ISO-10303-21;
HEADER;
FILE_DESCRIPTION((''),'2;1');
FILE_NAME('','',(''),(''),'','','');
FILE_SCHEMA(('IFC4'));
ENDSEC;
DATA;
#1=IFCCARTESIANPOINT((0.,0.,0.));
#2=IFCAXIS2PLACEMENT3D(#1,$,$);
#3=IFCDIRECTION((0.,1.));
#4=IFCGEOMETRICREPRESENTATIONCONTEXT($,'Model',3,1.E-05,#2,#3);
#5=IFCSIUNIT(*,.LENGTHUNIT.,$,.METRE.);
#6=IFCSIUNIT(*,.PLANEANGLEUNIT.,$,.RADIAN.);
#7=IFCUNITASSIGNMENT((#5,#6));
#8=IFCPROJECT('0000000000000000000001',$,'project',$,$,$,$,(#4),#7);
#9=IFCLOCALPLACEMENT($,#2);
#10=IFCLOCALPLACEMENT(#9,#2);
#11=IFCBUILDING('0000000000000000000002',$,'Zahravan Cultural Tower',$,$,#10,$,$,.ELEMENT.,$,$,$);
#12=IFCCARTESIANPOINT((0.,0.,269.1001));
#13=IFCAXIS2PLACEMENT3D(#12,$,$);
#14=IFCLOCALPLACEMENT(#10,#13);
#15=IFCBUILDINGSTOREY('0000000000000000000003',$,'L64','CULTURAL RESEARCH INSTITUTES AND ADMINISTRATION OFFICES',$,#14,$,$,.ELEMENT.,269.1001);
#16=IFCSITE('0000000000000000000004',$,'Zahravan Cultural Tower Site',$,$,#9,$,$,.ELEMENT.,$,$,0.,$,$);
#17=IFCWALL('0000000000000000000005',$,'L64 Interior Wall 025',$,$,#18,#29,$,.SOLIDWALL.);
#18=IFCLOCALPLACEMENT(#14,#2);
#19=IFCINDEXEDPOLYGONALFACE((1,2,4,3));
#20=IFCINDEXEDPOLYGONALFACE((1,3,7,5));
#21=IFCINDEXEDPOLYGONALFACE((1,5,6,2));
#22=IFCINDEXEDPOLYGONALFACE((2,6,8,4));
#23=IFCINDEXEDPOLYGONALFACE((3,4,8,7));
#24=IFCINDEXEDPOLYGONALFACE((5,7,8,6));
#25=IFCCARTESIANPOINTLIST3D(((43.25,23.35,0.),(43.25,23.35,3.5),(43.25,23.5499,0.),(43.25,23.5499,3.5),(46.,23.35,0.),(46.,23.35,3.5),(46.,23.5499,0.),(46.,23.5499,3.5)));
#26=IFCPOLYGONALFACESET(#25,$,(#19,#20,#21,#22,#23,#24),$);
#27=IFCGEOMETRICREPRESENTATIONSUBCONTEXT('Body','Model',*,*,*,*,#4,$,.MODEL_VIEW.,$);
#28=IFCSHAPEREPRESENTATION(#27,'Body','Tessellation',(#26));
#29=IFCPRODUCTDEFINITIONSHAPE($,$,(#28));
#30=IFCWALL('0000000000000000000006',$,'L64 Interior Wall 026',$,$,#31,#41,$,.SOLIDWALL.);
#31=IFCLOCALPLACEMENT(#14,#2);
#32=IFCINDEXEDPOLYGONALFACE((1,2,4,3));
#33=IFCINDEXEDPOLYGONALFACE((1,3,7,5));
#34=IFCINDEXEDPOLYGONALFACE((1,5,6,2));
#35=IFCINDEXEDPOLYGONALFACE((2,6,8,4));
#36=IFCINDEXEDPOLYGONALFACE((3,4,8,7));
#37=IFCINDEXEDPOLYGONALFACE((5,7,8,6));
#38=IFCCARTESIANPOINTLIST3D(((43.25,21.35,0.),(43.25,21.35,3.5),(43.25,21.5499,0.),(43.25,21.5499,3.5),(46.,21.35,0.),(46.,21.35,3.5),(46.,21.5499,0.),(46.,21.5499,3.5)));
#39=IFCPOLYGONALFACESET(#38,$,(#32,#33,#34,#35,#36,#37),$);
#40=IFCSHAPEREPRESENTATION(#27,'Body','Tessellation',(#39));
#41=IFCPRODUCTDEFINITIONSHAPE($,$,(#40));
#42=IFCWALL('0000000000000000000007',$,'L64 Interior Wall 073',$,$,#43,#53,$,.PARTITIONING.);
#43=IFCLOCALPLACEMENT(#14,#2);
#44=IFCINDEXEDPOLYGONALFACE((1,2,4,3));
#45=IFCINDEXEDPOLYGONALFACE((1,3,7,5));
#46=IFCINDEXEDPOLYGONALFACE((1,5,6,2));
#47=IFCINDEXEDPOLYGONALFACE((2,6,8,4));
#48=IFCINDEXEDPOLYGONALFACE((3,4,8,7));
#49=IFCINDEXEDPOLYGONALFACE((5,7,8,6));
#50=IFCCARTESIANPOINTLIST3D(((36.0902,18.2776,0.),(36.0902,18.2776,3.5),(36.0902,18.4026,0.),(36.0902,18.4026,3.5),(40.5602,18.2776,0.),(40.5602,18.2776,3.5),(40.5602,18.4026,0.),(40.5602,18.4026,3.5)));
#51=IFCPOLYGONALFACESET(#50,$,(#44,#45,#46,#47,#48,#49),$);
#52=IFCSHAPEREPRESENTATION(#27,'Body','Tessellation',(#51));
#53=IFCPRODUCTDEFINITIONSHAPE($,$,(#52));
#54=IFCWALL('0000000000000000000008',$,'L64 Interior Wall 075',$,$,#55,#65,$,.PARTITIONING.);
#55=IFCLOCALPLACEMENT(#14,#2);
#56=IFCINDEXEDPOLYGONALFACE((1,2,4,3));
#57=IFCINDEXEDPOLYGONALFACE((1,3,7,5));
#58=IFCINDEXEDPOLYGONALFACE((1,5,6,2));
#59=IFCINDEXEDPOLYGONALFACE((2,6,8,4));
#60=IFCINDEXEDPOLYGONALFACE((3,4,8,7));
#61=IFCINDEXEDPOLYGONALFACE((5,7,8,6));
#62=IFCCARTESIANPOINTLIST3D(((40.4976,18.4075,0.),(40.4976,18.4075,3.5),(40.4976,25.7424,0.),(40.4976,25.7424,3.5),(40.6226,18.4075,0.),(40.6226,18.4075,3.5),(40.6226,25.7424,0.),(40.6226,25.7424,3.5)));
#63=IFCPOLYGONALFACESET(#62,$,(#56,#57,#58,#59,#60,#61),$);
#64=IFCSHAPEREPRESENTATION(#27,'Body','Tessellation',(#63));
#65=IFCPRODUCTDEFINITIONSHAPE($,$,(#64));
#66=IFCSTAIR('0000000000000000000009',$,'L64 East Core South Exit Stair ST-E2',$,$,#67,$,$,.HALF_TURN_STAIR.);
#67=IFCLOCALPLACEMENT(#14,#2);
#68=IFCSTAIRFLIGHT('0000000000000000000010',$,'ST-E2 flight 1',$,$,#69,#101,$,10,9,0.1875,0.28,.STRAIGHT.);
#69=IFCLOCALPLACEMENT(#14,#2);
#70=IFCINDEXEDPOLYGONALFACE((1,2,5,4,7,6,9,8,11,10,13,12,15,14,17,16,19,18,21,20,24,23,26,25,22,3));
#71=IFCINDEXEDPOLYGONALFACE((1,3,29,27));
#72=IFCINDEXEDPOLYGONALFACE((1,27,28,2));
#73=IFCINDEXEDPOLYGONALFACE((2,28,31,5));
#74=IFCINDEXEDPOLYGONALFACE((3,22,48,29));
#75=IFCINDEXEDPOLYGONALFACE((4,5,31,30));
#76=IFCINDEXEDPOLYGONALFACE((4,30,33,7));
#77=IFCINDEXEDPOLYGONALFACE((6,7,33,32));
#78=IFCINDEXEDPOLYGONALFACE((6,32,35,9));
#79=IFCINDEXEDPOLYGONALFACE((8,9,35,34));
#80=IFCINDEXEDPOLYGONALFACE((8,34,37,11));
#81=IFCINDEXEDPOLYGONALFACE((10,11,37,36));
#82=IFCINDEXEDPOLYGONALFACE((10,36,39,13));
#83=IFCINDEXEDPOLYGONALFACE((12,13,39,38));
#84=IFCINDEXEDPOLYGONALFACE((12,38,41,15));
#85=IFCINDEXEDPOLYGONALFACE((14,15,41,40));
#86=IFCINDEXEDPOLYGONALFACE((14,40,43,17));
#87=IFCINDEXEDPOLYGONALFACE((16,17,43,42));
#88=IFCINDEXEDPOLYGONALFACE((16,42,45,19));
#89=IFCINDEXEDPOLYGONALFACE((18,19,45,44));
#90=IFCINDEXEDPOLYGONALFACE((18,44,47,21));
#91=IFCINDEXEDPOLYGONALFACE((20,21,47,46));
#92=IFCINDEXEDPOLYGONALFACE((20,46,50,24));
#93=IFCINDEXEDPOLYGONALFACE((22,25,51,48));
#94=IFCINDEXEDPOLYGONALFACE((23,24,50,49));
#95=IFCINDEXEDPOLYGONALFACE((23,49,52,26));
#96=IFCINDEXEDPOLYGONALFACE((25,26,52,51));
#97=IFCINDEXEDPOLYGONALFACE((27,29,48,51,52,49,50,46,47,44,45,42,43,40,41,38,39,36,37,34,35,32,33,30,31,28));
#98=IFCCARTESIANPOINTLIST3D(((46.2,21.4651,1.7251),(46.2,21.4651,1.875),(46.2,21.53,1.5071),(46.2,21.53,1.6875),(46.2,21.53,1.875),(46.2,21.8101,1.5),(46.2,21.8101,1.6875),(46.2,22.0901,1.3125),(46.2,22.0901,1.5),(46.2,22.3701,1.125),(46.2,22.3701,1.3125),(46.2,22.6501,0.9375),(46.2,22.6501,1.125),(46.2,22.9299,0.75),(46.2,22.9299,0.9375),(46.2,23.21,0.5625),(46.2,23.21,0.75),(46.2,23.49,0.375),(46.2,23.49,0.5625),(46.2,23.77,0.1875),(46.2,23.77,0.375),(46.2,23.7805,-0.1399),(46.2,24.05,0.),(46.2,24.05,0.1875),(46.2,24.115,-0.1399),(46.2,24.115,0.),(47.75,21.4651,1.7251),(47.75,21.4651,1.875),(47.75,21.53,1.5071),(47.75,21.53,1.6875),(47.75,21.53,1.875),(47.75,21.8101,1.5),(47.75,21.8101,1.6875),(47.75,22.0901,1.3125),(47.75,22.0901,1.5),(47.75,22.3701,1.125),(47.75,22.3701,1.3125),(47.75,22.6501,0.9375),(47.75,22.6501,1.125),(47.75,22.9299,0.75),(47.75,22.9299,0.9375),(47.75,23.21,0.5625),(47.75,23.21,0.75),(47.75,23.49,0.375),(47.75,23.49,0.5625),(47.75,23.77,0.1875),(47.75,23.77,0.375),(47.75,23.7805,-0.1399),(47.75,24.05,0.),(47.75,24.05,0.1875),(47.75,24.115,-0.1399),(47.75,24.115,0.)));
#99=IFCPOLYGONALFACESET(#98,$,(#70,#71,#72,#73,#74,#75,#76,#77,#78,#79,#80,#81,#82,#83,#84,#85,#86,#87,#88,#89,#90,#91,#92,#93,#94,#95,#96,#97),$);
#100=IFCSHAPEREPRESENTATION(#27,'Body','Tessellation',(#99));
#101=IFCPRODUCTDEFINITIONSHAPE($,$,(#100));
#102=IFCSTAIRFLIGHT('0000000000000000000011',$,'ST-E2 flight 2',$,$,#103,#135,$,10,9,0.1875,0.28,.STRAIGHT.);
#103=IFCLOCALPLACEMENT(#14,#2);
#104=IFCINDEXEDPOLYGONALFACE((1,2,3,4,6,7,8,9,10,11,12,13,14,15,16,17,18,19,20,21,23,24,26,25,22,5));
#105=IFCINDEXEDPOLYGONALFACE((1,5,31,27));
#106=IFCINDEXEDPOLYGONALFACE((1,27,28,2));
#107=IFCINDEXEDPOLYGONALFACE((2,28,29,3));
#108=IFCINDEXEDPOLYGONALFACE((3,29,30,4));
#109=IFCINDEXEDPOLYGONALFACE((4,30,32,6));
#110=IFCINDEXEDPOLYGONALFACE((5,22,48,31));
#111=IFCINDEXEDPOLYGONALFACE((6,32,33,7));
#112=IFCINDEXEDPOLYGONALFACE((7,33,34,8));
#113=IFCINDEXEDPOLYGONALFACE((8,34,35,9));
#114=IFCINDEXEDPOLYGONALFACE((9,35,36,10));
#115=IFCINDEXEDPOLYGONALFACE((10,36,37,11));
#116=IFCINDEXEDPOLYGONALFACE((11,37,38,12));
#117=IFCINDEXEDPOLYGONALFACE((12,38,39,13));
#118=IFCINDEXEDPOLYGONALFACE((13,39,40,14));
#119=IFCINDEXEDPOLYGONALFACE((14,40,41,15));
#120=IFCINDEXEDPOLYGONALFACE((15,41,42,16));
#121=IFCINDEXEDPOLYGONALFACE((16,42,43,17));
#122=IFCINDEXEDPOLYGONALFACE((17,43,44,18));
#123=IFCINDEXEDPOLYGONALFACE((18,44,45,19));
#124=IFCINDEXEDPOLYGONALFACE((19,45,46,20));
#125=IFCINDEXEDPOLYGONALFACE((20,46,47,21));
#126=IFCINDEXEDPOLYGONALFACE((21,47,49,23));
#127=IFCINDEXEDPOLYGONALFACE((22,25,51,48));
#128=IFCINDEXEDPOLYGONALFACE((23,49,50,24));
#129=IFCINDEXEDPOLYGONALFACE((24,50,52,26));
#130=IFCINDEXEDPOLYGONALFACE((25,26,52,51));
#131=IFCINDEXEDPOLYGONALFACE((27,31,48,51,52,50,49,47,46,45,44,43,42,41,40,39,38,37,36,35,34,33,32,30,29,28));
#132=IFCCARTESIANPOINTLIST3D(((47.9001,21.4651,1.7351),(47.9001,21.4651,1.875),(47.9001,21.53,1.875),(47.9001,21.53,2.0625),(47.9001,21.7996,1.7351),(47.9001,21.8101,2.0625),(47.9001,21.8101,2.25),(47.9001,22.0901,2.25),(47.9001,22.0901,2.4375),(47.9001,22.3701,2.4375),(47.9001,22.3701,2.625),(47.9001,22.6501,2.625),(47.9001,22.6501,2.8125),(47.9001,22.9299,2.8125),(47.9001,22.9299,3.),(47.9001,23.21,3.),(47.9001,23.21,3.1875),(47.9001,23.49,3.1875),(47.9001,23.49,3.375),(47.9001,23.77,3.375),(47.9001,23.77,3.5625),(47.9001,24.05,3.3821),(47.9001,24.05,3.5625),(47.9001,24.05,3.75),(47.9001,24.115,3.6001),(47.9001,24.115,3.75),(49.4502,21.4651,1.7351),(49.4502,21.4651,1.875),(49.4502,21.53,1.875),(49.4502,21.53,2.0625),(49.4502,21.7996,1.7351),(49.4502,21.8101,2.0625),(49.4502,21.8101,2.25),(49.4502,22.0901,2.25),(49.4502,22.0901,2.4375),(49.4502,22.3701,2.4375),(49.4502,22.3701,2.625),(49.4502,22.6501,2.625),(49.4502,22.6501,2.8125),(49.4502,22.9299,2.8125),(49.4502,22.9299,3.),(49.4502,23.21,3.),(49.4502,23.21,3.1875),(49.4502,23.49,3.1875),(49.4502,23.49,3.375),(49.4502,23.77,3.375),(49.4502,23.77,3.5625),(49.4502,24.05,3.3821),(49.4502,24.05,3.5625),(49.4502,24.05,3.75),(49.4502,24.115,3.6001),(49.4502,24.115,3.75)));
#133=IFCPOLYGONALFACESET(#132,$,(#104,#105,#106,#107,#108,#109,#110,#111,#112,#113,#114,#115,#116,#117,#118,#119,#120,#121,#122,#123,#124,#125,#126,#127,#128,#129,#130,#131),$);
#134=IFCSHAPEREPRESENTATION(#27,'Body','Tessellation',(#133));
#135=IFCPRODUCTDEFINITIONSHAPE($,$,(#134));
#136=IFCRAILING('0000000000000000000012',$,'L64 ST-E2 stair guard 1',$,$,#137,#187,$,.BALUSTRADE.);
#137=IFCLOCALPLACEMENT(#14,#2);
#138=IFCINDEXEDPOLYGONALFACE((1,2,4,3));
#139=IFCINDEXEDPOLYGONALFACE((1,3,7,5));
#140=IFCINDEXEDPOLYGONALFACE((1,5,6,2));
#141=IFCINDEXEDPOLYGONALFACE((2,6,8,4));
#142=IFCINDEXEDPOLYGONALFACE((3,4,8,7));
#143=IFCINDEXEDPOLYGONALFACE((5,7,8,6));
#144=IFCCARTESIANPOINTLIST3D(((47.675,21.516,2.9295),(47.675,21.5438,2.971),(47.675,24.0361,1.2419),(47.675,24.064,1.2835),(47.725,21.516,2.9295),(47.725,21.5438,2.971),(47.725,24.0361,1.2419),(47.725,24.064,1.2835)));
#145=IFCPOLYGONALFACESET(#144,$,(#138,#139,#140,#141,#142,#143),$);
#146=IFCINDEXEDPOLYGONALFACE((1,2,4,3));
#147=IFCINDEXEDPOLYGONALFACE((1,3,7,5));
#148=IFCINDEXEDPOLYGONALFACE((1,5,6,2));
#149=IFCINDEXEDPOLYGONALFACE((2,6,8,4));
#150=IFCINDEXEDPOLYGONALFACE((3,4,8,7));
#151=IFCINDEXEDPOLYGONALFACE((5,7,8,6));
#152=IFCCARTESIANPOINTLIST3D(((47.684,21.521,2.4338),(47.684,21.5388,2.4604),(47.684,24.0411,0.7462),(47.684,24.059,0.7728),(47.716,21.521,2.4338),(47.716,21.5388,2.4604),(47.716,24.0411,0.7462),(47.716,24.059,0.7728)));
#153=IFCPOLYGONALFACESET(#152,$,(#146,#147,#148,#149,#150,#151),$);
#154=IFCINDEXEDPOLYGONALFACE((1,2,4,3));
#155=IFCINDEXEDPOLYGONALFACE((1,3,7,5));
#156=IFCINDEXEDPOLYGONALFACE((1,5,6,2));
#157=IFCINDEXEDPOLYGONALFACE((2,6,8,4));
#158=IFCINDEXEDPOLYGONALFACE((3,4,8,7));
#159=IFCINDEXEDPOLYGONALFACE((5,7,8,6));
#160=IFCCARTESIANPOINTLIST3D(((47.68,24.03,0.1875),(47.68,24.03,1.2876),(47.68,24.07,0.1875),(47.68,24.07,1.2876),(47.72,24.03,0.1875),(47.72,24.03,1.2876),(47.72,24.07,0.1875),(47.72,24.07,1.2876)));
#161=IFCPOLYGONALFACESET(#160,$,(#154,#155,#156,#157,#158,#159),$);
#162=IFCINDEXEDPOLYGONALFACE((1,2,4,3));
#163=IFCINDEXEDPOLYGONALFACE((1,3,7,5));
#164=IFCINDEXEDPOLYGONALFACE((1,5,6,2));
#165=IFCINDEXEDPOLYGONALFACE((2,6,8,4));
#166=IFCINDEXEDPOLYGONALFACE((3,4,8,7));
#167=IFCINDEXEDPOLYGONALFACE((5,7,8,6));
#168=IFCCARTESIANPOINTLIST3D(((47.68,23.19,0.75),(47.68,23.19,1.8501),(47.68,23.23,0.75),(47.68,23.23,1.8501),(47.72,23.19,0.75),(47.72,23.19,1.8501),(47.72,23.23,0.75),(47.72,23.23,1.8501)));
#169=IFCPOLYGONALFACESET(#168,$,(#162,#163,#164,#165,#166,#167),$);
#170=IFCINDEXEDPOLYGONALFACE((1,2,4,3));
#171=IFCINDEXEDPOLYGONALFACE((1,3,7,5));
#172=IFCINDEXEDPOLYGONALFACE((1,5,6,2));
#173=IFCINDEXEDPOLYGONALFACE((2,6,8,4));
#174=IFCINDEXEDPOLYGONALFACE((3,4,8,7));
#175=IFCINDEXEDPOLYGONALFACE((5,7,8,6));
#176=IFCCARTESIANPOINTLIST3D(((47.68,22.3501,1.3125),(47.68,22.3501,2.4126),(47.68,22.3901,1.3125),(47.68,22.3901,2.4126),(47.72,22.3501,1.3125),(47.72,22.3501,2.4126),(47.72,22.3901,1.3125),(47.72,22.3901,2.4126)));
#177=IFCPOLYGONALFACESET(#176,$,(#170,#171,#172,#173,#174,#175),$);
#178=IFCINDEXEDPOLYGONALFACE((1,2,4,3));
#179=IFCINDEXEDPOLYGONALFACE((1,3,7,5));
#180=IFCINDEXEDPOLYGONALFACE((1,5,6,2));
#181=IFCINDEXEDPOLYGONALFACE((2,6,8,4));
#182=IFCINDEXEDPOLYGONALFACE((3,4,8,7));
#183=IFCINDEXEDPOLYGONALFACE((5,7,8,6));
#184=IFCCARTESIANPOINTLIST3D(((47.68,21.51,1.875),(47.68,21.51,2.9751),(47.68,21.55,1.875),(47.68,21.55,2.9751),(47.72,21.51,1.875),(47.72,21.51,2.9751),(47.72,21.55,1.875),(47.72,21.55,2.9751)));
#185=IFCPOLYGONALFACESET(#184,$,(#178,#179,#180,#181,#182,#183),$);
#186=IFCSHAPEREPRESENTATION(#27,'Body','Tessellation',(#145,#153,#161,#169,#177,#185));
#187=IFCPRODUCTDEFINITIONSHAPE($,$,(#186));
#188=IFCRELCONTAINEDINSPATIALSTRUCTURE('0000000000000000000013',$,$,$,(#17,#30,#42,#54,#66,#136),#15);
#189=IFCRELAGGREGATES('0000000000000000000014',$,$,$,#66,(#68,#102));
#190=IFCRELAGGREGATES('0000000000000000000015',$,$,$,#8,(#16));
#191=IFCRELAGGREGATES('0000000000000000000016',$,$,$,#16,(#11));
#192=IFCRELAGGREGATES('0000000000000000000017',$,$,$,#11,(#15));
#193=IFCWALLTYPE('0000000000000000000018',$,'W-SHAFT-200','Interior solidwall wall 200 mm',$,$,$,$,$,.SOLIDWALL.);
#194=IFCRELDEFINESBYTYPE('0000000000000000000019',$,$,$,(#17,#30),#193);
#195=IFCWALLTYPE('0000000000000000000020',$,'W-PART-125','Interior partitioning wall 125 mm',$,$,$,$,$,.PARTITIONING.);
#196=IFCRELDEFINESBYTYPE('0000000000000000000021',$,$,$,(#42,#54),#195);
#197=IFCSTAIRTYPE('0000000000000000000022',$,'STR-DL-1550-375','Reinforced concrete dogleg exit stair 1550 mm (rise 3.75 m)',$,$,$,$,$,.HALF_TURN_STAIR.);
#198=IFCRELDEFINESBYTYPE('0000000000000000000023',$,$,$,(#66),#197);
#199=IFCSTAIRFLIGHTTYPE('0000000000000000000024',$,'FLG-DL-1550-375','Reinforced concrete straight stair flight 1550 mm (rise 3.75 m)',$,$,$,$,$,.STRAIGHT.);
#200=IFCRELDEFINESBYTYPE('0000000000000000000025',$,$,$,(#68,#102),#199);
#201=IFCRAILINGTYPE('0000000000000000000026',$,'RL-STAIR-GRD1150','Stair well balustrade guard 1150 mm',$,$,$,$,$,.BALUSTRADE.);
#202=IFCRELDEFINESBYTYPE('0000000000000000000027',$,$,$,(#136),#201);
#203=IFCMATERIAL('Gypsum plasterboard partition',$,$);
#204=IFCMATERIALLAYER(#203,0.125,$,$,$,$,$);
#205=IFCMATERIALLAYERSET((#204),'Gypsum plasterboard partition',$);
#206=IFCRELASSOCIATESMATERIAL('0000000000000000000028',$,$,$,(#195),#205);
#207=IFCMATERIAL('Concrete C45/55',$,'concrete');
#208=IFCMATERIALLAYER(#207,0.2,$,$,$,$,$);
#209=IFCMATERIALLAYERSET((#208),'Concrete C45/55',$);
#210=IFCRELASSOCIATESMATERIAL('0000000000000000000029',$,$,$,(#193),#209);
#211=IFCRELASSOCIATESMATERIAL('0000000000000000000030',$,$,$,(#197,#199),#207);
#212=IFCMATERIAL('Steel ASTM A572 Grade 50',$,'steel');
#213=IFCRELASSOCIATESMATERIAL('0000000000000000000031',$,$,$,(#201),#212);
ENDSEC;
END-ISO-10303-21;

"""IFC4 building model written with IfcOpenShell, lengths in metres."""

from ifc_helpers import new_model, si_unit, direction, frame, frame_2d, origin, origin_2d, place, context, subcontext, project, spatial, polyline, rectangle, outline, extrude, source, transform, mapped, material, layer, layer_set, type_object, element, aggregate, save


model = new_model("IFC4")

# Units and contexts
model_context = context("Model", 3, precision=1e-05, world=origin(), true_north=direction((0.0, 1.0)))
body_context = subcontext(model_context, "Body", "Model", "MODEL_VIEW")
ifc_project = project(units=[si_unit("LENGTHUNIT", "METRE"), si_unit("PLANEANGLEUNIT", "RADIAN")], contexts=[model_context])

# Site, building, storey
site_placement = place(None, origin())
site = spatial("IfcSite", under=ifc_project, at=site_placement, Name="Zahravan Cultural Tower Site", CompositionType="ELEMENT", RefElevation=0.0)
building_placement = place(site_placement, origin())
building = spatial("IfcBuilding", under=site, at=building_placement, Name="Zahravan Cultural Tower", CompositionType="ELEMENT")
storey_placement = place(building_placement, frame((0.0, 0.0, 269.1001)))
storey = spatial("IfcBuildingStorey", under=building, at=storey_placement, Name="L64", Description="CULTURAL RESEARCH INSTITUTES AND ADMINISTRATION OFFICES", CompositionType="ELEMENT", Elevation=269.1001)

# Shared definitions
ifc_material_1 = material(Name="Gypsum plasterboard partition")
ifc_material_2 = material(Name="Steel ASTM A572 Grade 50", Category="steel")
ifc_layer_1 = layer(ifc_material_1, 0.125)
ifc_layer_set_1 = layer_set([ifc_layer_1], Name="Gypsum plasterboard partition")
wall_type_1 = type_object("IfcWallType", Name="W-PART-125", Description="Interior partitioning wall 125 mm", PredefinedType="PARTITIONING", material=ifc_layer_set_1)
ifc_material_3 = material(Name="Concrete C45/55", Category="concrete")
ifc_layer_2 = layer(ifc_material_3, 0.2)
ifc_layer_set_2 = layer_set([ifc_layer_2], Name="Concrete C45/55")
wall_type_2 = type_object("IfcWallType", Name="W-SHAFT-200", Description="Interior solidwall wall 200 mm", PredefinedType="SOLIDWALL", material=ifc_layer_set_2)

# Walls
shared_shape_1 = source(origin(), body_context, "Body", "SweptSolid", [
    extrude(rectangle(XDim=2.75, YDim=0.2, at=frame_2d((1.375, 0.0))), origin(), (0.0, 0.0, 1.0), 3.5),
])
for number, where, z_axis, x_axis, name in (
    (1, (43.25, 23.45, 0.0), (0.0, 0.0, 1.0), (1.0, 0.0, 0.0), "L64 Interior Wall 025"),
    (2, (43.25, 21.45, 0.0), (0.0, 0.0, 1.0), (1.0, 0.0, 0.0), "L64 Interior Wall 026"),
):
    element("IfcWall", number, at=place(storey_placement, frame(where, z_axis=z_axis, x_axis=x_axis)), inside=storey, type_object=wall_type_2, Name=name, PredefinedType="SOLIDWALL", context=body_context, shape_type="MappedRepresentation", body=[
        mapped(shared_shape_1, transform((0.0, 0.0, 0.0), x_axis=(1.0, 0.0, 0.0), y_axis=(0.0, 1.0, 0.0), z_axis=(0.0, 0.0, 1.0), scale=1.0)),
    ])
shared_shape_2 = source(origin(), body_context, "Body", "SweptSolid", [
    extrude(rectangle(XDim=4.47, YDim=0.125, at=frame_2d((2.2349, 0.0))), origin(), (0.0, 0.0, 1.0), 3.5),
])
wall_1_placement = place(storey_placement, frame((40.5601, 18.3401, 0.0), z_axis=(0.0, 0.0, 1.0), x_axis=(-1.0, 0.0, 0.0)))
element("IfcWall", 3, at=wall_1_placement, inside=storey, type_object=wall_type_1, Name="L64 Interior Wall 073", PredefinedType="PARTITIONING", context=body_context, shape_type="MappedRepresentation", body=[
    mapped(shared_shape_2, transform((0.0, 0.0, 0.0), x_axis=(1.0, 0.0, 0.0), y_axis=(0.0, 1.0, 0.0), z_axis=(0.0, 0.0, 1.0), scale=1.0)),
])
shared_shape_3 = source(origin(), body_context, "Body", "SweptSolid", [
    extrude(rectangle(XDim=7.335, YDim=0.125, at=frame_2d((3.6675, 0.0))), origin(), (0.0, 0.0, 1.0), 3.5),
])
wall_2_placement = place(storey_placement, frame((40.5601, 25.7424, 0.0), z_axis=(0.0, 0.0, 1.0), x_axis=(0.0, -1.0, 0.0)))
element("IfcWall", 4, at=wall_2_placement, inside=storey, type_object=wall_type_1, Name="L64 Interior Wall 075", PredefinedType="PARTITIONING", context=body_context, shape_type="MappedRepresentation", body=[
    mapped(shared_shape_3, transform((0.0, 0.0, 0.0), x_axis=(1.0, 0.0, 0.0), y_axis=(0.0, 1.0, 0.0), z_axis=(0.0, 0.0, 1.0), scale=1.0)),
])

# Stair, stair flights
stair_type = type_object("IfcStairType", Name="STR-DL-1550-375", Description="Reinforced concrete dogleg exit stair 1550 mm (rise 3.75 m)", PredefinedType="HALF_TURN_STAIR", material=ifc_material_3)
stair_placement = place(storey_placement, origin())
stair = element("IfcStair", 5, at=stair_placement, inside=storey, type_object=stair_type, Name="L64 East Core South Exit Stair ST-E2", PredefinedType="HALF_TURN_STAIR")
stair_flight_type = type_object("IfcStairFlightType", Name="FLG-DL-1550-375", Description="Reinforced concrete straight stair flight 1550 mm (rise 3.75 m)", PredefinedType="STRAIGHT", material=ifc_material_3)
stair_flight_1_placement = place(storey_placement, frame((46.9751, 24.05, 0.0), z_axis=(0.0, 0.0, 1.0), x_axis=(0.0, -1.0, 0.0)))
stair_flight_1 = element("IfcStairFlight", 6, at=stair_flight_1_placement, type_object=stair_flight_type, Name="ST-E2 flight 1", NumberOfRisers=10, NumberOfTreads=9, PredefinedType="STRAIGHT", RiserHeight=0.1875, TreadLength=0.28, context=body_context, shape_type="SweptSolid", body=[
    extrude(outline(polyline([(-0.0649, -0.1399), (-0.0649, 0.0), (0.0, 0.0), (0.0, 0.1875), (0.28, 0.1875), (0.28, 0.375), (0.5601, 0.375), (0.5601, 0.5625), (0.8401, 0.5625), (0.8401, 0.75), (1.1201, 0.75), (1.1201, 0.9375), (1.3999, 0.9375), (1.3999, 1.125), (1.6799, 1.125), (1.6799, 1.3125), (1.96, 1.3125), (1.96, 1.5), (2.24, 1.5), (2.24, 1.6875), (2.52, 1.6875), (2.52, 1.875), (2.585, 1.875), (2.585, 1.7251), (2.52, 1.5071), (0.2695, -0.1399), (-0.0649, -0.1399)])), frame((0.0, 0.7749, 0.0), z_axis=(0.0, -1.0, 0.0), x_axis=(1.0, 0.0, 0.0)), (0.0, 0.0, 1.0), 1.55),
])
stair_flight_2_placement = place(storey_placement, frame((48.675, 21.53, 1.875), z_axis=(0.0, 0.0, 1.0), x_axis=(0.0, 1.0, 0.0)))
stair_flight_2 = element("IfcStairFlight", 7, at=stair_flight_2_placement, type_object=stair_flight_type, Name="ST-E2 flight 2", NumberOfRisers=10, NumberOfTreads=9, PredefinedType="STRAIGHT", RiserHeight=0.1875, TreadLength=0.28, context=body_context, shape_type="SweptSolid", body=[
    extrude(outline(polyline([(-0.0649, -0.1399), (-0.0649, 0.0), (0.0, 0.0), (0.0, 0.1875), (0.28, 0.1875), (0.28, 0.375), (0.5601, 0.375), (0.5601, 0.5625), (0.8401, 0.5625), (0.8401, 0.75), (1.1201, 0.75), (1.1201, 0.9375), (1.3999, 0.9375), (1.3999, 1.125), (1.6799, 1.125), (1.6799, 1.3125), (1.96, 1.3125), (1.96, 1.5), (2.24, 1.5), (2.24, 1.6875), (2.52, 1.6875), (2.52, 1.875), (2.585, 1.875), (2.585, 1.7251), (2.52, 1.5071), (0.2695, -0.1399), (-0.0649, -0.1399)])), frame((0.0, 0.7749, 0.0), z_axis=(0.0, -1.0, 0.0), x_axis=(1.0, 0.0, 0.0)), (0.0, 0.0, 1.0), 1.55),
])
aggregate(stair, [stair_flight_1, stair_flight_2])

# Railing
railing_type_1 = type_object("IfcRailingType", Name="RL-STAIR-GRD1150", Description="Stair well balustrade guard 1150 mm", PredefinedType="BALUSTRADE", material=ifc_material_2)
railing_1_placement = place(storey_placement, frame((47.7, 24.05, 0.1875)))
element("IfcRailing", 8, at=railing_1_placement, inside=storey, type_object=railing_type_1, Name="L64 ST-E2 stair guard 1", PredefinedType="BALUSTRADE", context=body_context, shape_type="SweptSolid", body=[
    extrude(rectangle(XDim=0.05, YDim=0.05, at=origin_2d()), frame((0.0, 0.0, 1.0752), z_axis=(0.0, -0.830909, 0.556408), x_axis=(1.0, 0.0, 0.0)), (0.0, 0.0, 1.0), 3.033),
    extrude(rectangle(XDim=0.032, YDim=0.032, at=origin_2d()), frame((0.0, 0.0, 0.572), z_axis=(0.0, -0.830909, 0.556408), x_axis=(1.0, 0.0, 0.0)), (0.0, 0.0, 1.0), 3.033),
    extrude(rectangle(XDim=0.04, YDim=0.04, at=origin_2d()), origin(), (0.0, 0.0, 1.0), 1.1001),
    extrude(rectangle(XDim=0.04, YDim=0.04, at=origin_2d()), frame((0.0, -0.8401, 0.5625)), (0.0, 0.0, 1.0), 1.1001),
    extrude(rectangle(XDim=0.04, YDim=0.04, at=origin_2d()), frame((0.0, -1.6799, 1.125)), (0.0, 0.0, 1.0), 1.1001),
    extrude(rectangle(XDim=0.04, YDim=0.04, at=origin_2d()), frame((0.0, -2.52, 1.6875)), (0.0, 0.0, 1.0), 1.1001),
])

save(model, "model.ifc")
